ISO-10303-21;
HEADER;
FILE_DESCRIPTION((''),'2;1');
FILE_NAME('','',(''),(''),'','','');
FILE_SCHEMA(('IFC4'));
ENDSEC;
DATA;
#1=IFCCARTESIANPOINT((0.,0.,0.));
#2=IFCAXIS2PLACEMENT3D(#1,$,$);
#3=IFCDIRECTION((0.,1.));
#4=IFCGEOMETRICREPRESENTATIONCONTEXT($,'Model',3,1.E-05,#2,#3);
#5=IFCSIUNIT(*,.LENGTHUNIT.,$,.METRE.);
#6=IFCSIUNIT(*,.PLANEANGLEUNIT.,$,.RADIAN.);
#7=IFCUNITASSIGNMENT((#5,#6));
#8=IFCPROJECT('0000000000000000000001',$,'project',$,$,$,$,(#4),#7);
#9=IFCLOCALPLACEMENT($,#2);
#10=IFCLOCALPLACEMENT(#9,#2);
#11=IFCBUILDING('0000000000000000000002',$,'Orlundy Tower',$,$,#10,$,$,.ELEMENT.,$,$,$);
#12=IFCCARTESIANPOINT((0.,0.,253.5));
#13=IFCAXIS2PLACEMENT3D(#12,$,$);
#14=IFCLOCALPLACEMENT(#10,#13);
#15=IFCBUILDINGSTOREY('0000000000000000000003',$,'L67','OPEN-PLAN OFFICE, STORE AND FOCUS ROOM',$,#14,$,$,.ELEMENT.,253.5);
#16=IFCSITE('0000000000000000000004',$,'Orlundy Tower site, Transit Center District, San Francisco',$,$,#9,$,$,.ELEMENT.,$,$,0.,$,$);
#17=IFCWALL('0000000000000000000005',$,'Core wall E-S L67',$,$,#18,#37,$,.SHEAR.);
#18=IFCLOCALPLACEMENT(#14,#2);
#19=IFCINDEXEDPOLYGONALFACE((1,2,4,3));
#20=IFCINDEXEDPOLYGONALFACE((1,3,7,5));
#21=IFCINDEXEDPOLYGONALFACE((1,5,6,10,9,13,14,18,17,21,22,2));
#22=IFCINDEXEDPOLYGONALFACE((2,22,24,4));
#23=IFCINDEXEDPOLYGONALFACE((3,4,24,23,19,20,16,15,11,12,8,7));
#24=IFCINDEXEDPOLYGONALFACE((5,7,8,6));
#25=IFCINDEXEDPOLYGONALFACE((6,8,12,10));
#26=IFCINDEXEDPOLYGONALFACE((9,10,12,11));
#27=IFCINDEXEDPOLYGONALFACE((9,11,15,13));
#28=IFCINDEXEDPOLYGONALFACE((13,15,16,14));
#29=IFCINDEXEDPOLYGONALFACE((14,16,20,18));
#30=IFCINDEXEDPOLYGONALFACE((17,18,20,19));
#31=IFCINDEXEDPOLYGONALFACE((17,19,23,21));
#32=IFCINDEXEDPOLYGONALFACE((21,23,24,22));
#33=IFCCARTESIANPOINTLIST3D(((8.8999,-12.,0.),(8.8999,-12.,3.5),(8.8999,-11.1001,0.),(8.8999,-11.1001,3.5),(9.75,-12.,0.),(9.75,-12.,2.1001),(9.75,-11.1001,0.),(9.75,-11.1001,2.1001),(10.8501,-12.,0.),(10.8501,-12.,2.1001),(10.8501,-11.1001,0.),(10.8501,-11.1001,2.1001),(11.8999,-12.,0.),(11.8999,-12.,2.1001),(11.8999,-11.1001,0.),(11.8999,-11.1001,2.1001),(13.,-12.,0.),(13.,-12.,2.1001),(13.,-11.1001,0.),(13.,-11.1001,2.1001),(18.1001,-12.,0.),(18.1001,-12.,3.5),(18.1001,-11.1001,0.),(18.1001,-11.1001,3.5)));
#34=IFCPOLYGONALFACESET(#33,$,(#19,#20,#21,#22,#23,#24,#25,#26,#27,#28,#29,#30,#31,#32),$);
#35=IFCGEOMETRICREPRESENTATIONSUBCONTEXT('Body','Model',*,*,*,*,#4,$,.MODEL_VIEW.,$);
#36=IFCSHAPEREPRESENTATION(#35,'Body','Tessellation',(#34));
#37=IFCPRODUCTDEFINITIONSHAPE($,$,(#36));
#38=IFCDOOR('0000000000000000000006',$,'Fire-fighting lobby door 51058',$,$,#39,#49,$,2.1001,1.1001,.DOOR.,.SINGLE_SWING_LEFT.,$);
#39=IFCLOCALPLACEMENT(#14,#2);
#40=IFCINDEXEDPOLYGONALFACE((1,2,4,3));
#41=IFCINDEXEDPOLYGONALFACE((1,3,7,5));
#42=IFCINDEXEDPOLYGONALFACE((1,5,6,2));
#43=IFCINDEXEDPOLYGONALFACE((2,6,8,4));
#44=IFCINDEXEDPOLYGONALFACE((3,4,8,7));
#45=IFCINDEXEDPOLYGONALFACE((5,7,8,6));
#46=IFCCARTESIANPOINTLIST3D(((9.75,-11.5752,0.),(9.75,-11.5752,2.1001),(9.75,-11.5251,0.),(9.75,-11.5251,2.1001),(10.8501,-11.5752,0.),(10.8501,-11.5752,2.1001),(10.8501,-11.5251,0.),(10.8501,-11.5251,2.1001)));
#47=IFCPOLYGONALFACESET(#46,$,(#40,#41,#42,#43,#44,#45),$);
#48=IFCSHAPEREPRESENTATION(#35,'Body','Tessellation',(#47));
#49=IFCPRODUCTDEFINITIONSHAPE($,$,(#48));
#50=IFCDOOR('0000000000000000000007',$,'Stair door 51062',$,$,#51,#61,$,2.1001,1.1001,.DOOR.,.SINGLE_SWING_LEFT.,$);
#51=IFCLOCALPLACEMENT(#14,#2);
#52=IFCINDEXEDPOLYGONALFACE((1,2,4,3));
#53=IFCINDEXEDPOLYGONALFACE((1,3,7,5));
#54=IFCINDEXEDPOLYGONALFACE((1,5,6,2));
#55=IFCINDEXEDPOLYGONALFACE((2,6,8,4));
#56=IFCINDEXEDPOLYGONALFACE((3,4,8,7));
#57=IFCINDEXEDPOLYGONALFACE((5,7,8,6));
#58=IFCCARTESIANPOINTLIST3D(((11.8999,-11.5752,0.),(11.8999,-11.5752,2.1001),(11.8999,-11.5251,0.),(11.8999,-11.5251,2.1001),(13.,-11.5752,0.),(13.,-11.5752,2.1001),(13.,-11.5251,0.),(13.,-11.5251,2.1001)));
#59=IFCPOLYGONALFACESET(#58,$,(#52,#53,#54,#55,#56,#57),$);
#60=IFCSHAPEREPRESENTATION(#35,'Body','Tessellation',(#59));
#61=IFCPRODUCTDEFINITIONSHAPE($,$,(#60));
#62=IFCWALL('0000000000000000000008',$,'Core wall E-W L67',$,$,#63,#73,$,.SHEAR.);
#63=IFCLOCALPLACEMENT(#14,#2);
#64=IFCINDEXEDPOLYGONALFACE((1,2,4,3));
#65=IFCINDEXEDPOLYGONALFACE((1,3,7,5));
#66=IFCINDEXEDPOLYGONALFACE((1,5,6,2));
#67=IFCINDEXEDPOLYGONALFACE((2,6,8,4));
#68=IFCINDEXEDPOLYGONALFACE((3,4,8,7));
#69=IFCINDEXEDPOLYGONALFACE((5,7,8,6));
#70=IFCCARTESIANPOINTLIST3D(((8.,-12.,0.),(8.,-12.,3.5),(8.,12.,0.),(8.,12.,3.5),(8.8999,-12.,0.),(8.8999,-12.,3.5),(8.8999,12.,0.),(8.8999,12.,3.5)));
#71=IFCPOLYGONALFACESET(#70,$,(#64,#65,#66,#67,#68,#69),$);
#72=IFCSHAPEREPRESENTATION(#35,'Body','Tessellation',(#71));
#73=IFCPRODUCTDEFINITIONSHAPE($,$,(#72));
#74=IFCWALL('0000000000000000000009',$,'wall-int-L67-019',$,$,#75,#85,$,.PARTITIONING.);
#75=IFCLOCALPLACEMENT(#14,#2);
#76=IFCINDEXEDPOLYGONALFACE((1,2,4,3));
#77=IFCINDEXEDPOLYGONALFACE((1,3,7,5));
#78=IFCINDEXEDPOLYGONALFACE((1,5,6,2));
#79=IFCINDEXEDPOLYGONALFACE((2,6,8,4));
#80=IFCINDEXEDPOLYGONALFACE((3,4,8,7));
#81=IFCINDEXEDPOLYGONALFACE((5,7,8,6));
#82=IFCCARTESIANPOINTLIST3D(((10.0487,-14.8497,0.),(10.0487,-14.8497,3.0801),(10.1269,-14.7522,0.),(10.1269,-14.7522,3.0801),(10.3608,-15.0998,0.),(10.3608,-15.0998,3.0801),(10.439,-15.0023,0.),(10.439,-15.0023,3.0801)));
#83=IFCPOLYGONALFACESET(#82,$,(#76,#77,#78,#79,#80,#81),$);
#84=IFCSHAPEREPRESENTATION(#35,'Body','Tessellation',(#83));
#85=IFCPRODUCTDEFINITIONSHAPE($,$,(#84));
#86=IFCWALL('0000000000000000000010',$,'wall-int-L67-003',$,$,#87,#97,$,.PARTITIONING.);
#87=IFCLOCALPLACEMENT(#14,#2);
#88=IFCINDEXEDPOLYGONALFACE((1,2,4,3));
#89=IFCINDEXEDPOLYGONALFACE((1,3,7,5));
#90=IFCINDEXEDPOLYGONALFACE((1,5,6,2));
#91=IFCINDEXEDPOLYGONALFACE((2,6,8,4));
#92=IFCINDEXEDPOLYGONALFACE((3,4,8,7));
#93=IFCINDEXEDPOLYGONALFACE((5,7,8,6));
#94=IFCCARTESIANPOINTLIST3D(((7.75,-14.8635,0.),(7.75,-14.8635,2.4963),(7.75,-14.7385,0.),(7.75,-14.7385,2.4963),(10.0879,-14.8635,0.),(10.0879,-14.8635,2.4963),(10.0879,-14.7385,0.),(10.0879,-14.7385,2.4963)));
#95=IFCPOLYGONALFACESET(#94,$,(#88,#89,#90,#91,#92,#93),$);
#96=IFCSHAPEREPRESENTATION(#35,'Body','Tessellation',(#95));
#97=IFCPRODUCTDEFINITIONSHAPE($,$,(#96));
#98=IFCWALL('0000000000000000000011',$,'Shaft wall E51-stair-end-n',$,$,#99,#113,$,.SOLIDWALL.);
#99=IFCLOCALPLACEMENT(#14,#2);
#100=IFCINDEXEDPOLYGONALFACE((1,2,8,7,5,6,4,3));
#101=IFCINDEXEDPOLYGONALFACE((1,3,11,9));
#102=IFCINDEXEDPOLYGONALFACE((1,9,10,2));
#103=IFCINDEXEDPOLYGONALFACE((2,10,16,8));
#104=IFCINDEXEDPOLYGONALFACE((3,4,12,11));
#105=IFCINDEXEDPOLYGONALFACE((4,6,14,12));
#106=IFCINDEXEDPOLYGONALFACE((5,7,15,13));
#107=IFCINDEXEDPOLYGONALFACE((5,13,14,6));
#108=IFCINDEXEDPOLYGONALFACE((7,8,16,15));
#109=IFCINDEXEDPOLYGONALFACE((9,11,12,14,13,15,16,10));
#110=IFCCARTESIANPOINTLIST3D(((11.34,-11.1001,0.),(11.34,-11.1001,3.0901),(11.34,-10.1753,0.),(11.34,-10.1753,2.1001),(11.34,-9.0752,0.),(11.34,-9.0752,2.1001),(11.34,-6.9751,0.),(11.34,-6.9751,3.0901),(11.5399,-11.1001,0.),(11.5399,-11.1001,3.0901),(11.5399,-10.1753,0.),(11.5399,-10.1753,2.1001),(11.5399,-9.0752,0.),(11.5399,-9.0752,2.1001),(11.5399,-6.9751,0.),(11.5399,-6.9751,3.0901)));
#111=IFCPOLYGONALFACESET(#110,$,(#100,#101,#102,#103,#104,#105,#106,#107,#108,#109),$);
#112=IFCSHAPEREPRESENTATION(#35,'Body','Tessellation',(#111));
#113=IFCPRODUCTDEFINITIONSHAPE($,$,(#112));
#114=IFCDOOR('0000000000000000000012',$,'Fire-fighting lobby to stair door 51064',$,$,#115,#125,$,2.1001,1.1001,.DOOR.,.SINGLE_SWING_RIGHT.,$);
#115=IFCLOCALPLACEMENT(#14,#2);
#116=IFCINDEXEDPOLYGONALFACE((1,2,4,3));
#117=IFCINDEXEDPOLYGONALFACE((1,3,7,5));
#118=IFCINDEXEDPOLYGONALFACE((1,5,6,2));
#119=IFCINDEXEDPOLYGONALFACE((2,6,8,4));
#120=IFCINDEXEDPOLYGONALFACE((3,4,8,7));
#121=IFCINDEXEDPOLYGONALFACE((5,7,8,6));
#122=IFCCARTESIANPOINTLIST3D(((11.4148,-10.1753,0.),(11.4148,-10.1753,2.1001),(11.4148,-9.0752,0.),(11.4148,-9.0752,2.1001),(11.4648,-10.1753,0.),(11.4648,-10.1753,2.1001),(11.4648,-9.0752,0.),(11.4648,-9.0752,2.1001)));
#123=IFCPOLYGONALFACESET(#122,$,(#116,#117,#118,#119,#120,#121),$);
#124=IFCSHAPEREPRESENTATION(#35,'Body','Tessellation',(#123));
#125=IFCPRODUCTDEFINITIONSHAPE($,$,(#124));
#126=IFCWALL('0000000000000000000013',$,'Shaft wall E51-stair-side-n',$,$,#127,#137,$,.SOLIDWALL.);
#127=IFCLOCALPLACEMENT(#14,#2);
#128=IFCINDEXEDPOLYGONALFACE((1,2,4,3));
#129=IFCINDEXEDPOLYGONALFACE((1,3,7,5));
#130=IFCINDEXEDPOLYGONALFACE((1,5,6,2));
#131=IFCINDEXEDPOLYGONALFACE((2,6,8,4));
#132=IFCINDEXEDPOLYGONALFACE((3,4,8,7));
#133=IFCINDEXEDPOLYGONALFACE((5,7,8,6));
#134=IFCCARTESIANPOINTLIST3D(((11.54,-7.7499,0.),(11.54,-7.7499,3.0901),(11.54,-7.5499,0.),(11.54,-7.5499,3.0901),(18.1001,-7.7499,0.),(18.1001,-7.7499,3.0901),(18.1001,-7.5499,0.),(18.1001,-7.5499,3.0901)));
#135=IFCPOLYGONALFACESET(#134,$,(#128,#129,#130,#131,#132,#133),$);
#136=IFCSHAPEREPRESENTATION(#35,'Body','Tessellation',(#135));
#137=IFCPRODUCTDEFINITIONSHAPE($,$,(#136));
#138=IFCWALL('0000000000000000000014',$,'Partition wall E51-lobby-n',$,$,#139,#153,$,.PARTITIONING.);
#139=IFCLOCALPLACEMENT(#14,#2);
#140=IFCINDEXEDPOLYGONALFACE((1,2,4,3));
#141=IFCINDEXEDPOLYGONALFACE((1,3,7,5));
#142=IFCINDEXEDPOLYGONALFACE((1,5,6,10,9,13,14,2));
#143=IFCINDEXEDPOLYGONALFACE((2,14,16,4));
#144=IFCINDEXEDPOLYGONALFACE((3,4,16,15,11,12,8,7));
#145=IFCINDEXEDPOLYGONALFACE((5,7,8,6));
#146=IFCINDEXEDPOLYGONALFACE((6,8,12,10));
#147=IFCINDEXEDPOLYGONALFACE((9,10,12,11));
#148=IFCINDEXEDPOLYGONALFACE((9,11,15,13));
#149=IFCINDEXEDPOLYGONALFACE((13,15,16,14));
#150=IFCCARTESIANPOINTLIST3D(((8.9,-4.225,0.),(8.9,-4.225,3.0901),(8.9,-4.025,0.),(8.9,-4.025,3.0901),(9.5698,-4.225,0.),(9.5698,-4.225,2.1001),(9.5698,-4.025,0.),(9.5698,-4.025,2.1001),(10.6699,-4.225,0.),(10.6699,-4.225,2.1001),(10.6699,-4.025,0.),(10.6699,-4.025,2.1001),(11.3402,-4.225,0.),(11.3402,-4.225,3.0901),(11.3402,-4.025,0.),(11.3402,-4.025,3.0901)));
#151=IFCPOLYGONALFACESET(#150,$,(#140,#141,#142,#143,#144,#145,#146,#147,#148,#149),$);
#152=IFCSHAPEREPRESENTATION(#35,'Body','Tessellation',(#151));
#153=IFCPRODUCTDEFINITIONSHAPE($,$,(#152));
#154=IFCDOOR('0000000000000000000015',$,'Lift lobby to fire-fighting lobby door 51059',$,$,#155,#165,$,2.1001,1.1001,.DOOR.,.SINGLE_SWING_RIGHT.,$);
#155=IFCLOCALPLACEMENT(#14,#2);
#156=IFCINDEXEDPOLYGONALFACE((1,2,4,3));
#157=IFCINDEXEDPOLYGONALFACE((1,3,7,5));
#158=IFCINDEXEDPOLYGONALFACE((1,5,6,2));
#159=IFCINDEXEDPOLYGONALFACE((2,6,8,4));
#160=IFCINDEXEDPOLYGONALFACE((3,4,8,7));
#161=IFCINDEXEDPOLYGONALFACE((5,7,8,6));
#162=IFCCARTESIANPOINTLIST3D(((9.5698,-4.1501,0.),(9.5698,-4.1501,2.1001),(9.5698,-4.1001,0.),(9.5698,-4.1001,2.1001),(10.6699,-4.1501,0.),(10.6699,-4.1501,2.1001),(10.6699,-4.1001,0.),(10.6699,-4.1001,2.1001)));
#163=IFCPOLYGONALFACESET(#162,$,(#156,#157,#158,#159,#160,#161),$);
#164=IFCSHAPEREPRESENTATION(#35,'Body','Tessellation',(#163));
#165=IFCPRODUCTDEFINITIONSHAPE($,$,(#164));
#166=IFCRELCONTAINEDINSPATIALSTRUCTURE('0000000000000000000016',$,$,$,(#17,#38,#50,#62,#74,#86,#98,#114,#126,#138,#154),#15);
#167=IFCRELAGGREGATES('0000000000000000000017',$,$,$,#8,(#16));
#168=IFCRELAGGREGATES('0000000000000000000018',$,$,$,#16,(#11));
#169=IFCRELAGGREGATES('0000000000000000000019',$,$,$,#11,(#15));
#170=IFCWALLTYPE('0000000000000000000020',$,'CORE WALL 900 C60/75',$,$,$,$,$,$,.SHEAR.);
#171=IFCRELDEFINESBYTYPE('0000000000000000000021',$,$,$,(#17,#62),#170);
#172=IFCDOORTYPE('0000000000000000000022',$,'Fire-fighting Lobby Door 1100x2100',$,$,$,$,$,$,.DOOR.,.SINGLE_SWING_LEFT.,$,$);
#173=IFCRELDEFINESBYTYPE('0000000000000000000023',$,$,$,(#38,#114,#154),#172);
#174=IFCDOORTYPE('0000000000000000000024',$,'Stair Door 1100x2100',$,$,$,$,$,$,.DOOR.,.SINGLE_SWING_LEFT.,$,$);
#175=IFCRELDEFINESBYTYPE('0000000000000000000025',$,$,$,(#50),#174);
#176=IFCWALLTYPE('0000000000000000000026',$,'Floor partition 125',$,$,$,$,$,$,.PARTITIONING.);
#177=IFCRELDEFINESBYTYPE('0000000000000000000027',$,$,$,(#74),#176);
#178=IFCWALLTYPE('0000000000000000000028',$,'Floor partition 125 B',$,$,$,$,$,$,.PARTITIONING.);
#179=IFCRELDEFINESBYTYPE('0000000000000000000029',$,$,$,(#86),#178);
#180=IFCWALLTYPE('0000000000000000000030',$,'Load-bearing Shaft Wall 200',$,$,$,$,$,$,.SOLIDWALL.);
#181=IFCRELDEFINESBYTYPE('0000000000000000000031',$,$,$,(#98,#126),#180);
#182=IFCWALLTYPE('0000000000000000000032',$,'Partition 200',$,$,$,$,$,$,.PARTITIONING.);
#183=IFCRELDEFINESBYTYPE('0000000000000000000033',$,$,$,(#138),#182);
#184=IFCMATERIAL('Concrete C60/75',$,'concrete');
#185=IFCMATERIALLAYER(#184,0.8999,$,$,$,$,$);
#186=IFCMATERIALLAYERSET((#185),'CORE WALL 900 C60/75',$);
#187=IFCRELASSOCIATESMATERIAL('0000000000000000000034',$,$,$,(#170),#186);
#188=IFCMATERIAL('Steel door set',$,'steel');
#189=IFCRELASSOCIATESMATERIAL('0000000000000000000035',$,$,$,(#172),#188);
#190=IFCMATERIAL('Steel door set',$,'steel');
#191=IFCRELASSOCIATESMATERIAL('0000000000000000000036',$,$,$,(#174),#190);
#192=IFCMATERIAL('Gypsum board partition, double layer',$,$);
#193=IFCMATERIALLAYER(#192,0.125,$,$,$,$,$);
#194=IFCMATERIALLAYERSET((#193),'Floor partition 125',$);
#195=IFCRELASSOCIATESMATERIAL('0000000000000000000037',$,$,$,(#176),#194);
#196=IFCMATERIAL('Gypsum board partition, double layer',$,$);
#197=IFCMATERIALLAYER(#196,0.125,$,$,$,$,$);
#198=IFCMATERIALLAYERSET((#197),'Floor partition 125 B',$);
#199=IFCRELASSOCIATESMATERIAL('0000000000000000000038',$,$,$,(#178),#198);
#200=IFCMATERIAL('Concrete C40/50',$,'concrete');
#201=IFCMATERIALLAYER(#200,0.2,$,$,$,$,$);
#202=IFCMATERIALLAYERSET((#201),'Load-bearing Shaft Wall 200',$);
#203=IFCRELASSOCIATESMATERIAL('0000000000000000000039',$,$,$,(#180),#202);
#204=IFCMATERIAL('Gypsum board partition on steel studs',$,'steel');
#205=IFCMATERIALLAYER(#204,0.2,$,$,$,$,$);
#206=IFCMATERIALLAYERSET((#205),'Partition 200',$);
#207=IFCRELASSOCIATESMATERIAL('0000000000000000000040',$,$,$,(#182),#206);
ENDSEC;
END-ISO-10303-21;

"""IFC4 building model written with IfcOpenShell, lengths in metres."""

from ifc_helpers import new_model, si_unit, direction, frame, frame_2d, origin, place, context, subcontext, project, spatial, rectangle, extrude, material, layer, layer_set, type_object, element, fill, save


model = new_model("IFC4")

# Units and contexts
model_context = context("Model", 3, precision=1e-05, world=origin(), true_north=direction((0.0, 1.0)))
body_context = subcontext(model_context, "Body", "Model", "MODEL_VIEW")
ifc_project = project(units=[si_unit("LENGTHUNIT", "METRE"), si_unit("PLANEANGLEUNIT", "RADIAN")], contexts=[model_context])

# Site, building, storey
site_placement = place(None, origin())
site = spatial("IfcSite", under=ifc_project, at=site_placement, Name="Orlundy Tower site, Transit Center District, San Francisco", CompositionType="ELEMENT", RefElevation=0.0)
building_placement = place(site_placement, origin())
building = spatial("IfcBuilding", under=site, at=building_placement, Name="Orlundy Tower", CompositionType="ELEMENT")
storey_placement = place(building_placement, frame((0.0, 0.0, 253.5)))
storey = spatial("IfcBuildingStorey", under=building, at=storey_placement, Name="L67", Description="OPEN-PLAN OFFICE, STORE AND FOCUS ROOM", CompositionType="ELEMENT", Elevation=253.5)

# Wall, openings, doors
ifc_material_1 = material(Name="Concrete C60/75", Category="concrete")
ifc_layer_1 = layer(ifc_material_1, 0.8999)
ifc_layer_set_1 = layer_set([ifc_layer_1], Name="CORE WALL 900 C60/75")
wall_type_1 = type_object("IfcWallType", Name="CORE WALL 900 C60/75", PredefinedType="SHEAR", material=ifc_layer_set_1)
wall_1_placement = place(storey_placement, frame((8.8999, -11.55, 0.0), z_axis=(0.0, 0.0, 1.0), x_axis=(1.0, 0.0, 0.0)))
wall_1 = element("IfcWall", 1, at=wall_1_placement, inside=storey, type_object=wall_type_1, Name="Core wall E-S L67", PredefinedType="SHEAR", context=body_context, shape_type="SweptSolid", body=[
    extrude(rectangle(XDim=9.2002, YDim=0.8999, at=frame_2d((4.6001, 0.0))), origin(), (0.0, 0.0, 1.0), 3.5),
])
opening_1_placement = place(wall_1_placement, frame((0.8501, 0.0, 0.0)))
opening_1 = element("IfcOpeningElement", 2, at=opening_1_placement, cuts=wall_1, PredefinedType="OPENING", context=body_context, shape_type="SweptSolid", body=[
    extrude(rectangle(XDim=1.1001, YDim=2.1001, at=frame_2d((0.55, 1.05))), frame((0.0, 0.46, 0.0), z_axis=(0.0, -1.0, 0.0), x_axis=(1.0, 0.0, 0.0)), (0.0, 0.0, 1.0), 0.9199),
])
opening_2_placement = place(wall_1_placement, frame((3.0, 0.0, 0.0)))
opening_2 = element("IfcOpeningElement", 3, at=opening_2_placement, cuts=wall_1, PredefinedType="OPENING", context=body_context, shape_type="SweptSolid", body=[
    extrude(rectangle(XDim=1.1001, YDim=2.1001, at=frame_2d((0.55, 1.05))), frame((0.0, 0.46, 0.0), z_axis=(0.0, -1.0, 0.0), x_axis=(1.0, 0.0, 0.0)), (0.0, 0.0, 1.0), 0.9199),
])
ifc_material_2 = material(Name="Steel door set", Category="steel")
door_type_1 = type_object("IfcDoorType", Name="Fire-fighting Lobby Door 1100x2100", OperationType="SINGLE_SWING_LEFT", PredefinedType="DOOR", material=ifc_material_2)
door_1_placement = place(opening_1_placement, origin())
door_1 = element("IfcDoor", 4, at=door_1_placement, inside=storey, type_object=door_type_1, Name="Fire-fighting lobby door 51058", OperationType="SINGLE_SWING_LEFT", OverallHeight=2.1001, OverallWidth=1.1001, PredefinedType="DOOR", context=body_context, shape_type="SweptSolid", body=[
    extrude(rectangle(XDim=1.1001, YDim=2.1001, at=frame_2d((0.55, 1.05))), frame((0.0, 0.0249, 0.0), z_axis=(0.0, -1.0, 0.0), x_axis=(1.0, 0.0, 0.0)), (0.0, 0.0, 1.0), 0.05),
])
fill(opening_1, door_1)
ifc_material_3 = material(Name="Steel door set", Category="steel")
door_type_2 = type_object("IfcDoorType", Name="Stair Door 1100x2100", OperationType="SINGLE_SWING_LEFT", PredefinedType="DOOR", material=ifc_material_3)
door_2_placement = place(opening_2_placement, origin())
door_2 = element("IfcDoor", 5, at=door_2_placement, inside=storey, type_object=door_type_2, Name="Stair door 51062", OperationType="SINGLE_SWING_LEFT", OverallHeight=2.1001, OverallWidth=1.1001, PredefinedType="DOOR", context=body_context, shape_type="SweptSolid", body=[
    extrude(rectangle(XDim=1.1001, YDim=2.1001, at=frame_2d((0.55, 1.05))), frame((0.0, 0.0249, 0.0), z_axis=(0.0, -1.0, 0.0), x_axis=(1.0, 0.0, 0.0)), (0.0, 0.0, 1.0), 0.05),
])
fill(opening_2, door_2)

# Walls
wall_2_placement = place(storey_placement, frame((8.45, -12.0, 0.0), z_axis=(0.0, 0.0, 1.0), x_axis=(0.0, 1.0, 0.0)))
element("IfcWall", 6, at=wall_2_placement, inside=storey, type_object=wall_type_1, Name="Core wall E-W L67", PredefinedType="SHEAR", context=body_context, shape_type="SweptSolid", body=[
    extrude(rectangle(XDim=24.0, YDim=0.8999, at=frame_2d((12.0, 0.0))), origin(), (0.0, 0.0, 1.0), 3.5),
])
ifc_material_4 = material(Name="Gypsum board partition, double layer")
ifc_layer_2 = layer(ifc_material_4, 0.125)
ifc_layer_set_2 = layer_set([ifc_layer_2], Name="Floor partition 125")
wall_type_2 = type_object("IfcWallType", Name="Floor partition 125", PredefinedType="PARTITIONING", material=ifc_layer_set_2)
wall_3_placement = place(storey_placement, frame((10.3999, -15.051, 0.0), z_axis=(0.0, 0.0, 1.0), x_axis=(-0.780392, 0.625291, 0.0)))
element("IfcWall", 7, at=wall_3_placement, inside=storey, type_object=wall_type_2, Name="wall-int-L67-019", PredefinedType="PARTITIONING", context=body_context, shape_type="SweptSolid", body=[
    extrude(rectangle(XDim=0.3999, YDim=0.125, at=frame_2d((0.2, 0.0))), origin(), (0.0, 0.0, 1.0), 3.0801),
])
ifc_material_5 = material(Name="Gypsum board partition, double layer")
ifc_layer_3 = layer(ifc_material_5, 0.125)
ifc_layer_set_3 = layer_set([ifc_layer_3], Name="Floor partition 125 B")
wall_type_3 = type_object("IfcWallType", Name="Floor partition 125 B", PredefinedType="PARTITIONING", material=ifc_layer_set_3)
wall_4_placement = place(storey_placement, frame((7.75, -14.801, 0.0), z_axis=(0.0, 0.0, 1.0), x_axis=(1.0, 0.0, 0.0)))
element("IfcWall", 8, at=wall_4_placement, inside=storey, type_object=wall_type_3, Name="wall-int-L67-003", PredefinedType="PARTITIONING", context=body_context, shape_type="SweptSolid", body=[
    extrude(rectangle(XDim=2.3379, YDim=0.125, at=frame_2d((1.1689, 0.0))), origin(), (0.0, 0.0, 1.0), 2.4963),
])

# Wall, opening, door
ifc_material_6 = material(Name="Concrete C40/50", Category="concrete")
ifc_layer_4 = layer(ifc_material_6, 0.2)
ifc_layer_set_4 = layer_set([ifc_layer_4], Name="Load-bearing Shaft Wall 200")
wall_type_4 = type_object("IfcWallType", Name="Load-bearing Shaft Wall 200", PredefinedType="SOLIDWALL", material=ifc_layer_set_4)
wall_5_placement = place(storey_placement, frame((11.4399, -6.9751, 0.0), z_axis=(0.0, 0.0, 1.0), x_axis=(0.0, -1.0, 0.0)))
wall_5 = element("IfcWall", 9, at=wall_5_placement, inside=storey, type_object=wall_type_4, Name="Shaft wall E51-stair-end-n", PredefinedType="SOLIDWALL", context=body_context, shape_type="SweptSolid", body=[
    extrude(rectangle(XDim=4.125, YDim=0.2, at=frame_2d((2.0625, 0.0))), origin(), (0.0, 0.0, 1.0), 3.0901),
])
opening_3_placement = place(wall_5_placement, frame((2.1001, 0.0, 0.0)))
opening_3 = element("IfcOpeningElement", 10, at=opening_3_placement, cuts=wall_5, PredefinedType="OPENING", context=body_context, shape_type="SweptSolid", body=[
    extrude(rectangle(XDim=1.1001, YDim=2.1001, at=frame_2d((0.55, 1.05))), frame((0.0, 0.1101, 0.0), z_axis=(0.0, -1.0, 0.0), x_axis=(1.0, 0.0, 0.0)), (0.0, 0.0, 1.0), 0.2202),
])
door_3_placement = place(opening_3_placement, origin())
door_3 = element("IfcDoor", 11, at=door_3_placement, inside=storey, type_object=door_type_1, Name="Fire-fighting lobby to stair door 51064", OperationType="SINGLE_SWING_RIGHT", OverallHeight=2.1001, OverallWidth=1.1001, PredefinedType="DOOR", context=body_context, shape_type="SweptSolid", body=[
    extrude(rectangle(XDim=1.1001, YDim=2.1001, at=frame_2d((0.55, 1.05))), frame((0.0, 0.0249, 0.0), z_axis=(0.0, -1.0, 0.0), x_axis=(1.0, 0.0, 0.0)), (0.0, 0.0, 1.0), 0.05),
])
fill(opening_3, door_3)

# Wall
wall_6_placement = place(storey_placement, frame((11.54, -7.6499, 0.0), z_axis=(0.0, 0.0, 1.0), x_axis=(1.0, 0.0, 0.0)))
element("IfcWall", 12, at=wall_6_placement, inside=storey, type_object=wall_type_4, Name="Shaft wall E51-stair-side-n", PredefinedType="SOLIDWALL", context=body_context, shape_type="SweptSolid", body=[
    extrude(rectangle(XDim=6.5601, YDim=0.2, at=frame_2d((3.28, 0.0))), origin(), (0.0, 0.0, 1.0), 3.0901),
])

# Wall, opening, door
ifc_material_7 = material(Name="Gypsum board partition on steel studs", Category="steel")
ifc_layer_5 = layer(ifc_material_7, 0.2)
ifc_layer_set_5 = layer_set([ifc_layer_5], Name="Partition 200")
wall_type_5 = type_object("IfcWallType", Name="Partition 200", PredefinedType="PARTITIONING", material=ifc_layer_set_5)
wall_7_placement = place(storey_placement, frame((8.8999, -4.125, 0.0), z_axis=(0.0, 0.0, 1.0), x_axis=(1.0, 0.0, 0.0)))
wall_7 = element("IfcWall", 13, at=wall_7_placement, inside=storey, type_object=wall_type_5, Name="Partition wall E51-lobby-n", PredefinedType="PARTITIONING", context=body_context, shape_type="SweptSolid", body=[
    extrude(rectangle(XDim=2.4402, YDim=0.2, at=frame_2d((1.2202, 0.0))), origin(), (0.0, 0.0, 1.0), 3.0901),
])
opening_4_placement = place(wall_7_placement, frame((0.6699, 0.0, 0.0)))
opening_4 = element("IfcOpeningElement", 14, at=opening_4_placement, cuts=wall_7, PredefinedType="OPENING", context=body_context, shape_type="SweptSolid", body=[
    extrude(rectangle(XDim=1.1001, YDim=2.1001, at=frame_2d((0.55, 1.05))), frame((0.0, 0.1101, 0.0), z_axis=(0.0, -1.0, 0.0), x_axis=(1.0, 0.0, 0.0)), (0.0, 0.0, 1.0), 0.2202),
])
door_4_placement = place(opening_4_placement, origin())
door_4 = element("IfcDoor", 15, at=door_4_placement, inside=storey, type_object=door_type_1, Name="Lift lobby to fire-fighting lobby door 51059", OperationType="SINGLE_SWING_RIGHT", OverallHeight=2.1001, OverallWidth=1.1001, PredefinedType="DOOR", context=body_context, shape_type="SweptSolid", body=[
    extrude(rectangle(XDim=1.1001, YDim=2.1001, at=frame_2d((0.55, 1.05))), frame((0.0, 0.0249, 0.0), z_axis=(0.0, -1.0, 0.0), x_axis=(1.0, 0.0, 0.0)), (0.0, 0.0, 1.0), 0.05),
])
fill(opening_4, door_4)

save(model, "model.ifc")
